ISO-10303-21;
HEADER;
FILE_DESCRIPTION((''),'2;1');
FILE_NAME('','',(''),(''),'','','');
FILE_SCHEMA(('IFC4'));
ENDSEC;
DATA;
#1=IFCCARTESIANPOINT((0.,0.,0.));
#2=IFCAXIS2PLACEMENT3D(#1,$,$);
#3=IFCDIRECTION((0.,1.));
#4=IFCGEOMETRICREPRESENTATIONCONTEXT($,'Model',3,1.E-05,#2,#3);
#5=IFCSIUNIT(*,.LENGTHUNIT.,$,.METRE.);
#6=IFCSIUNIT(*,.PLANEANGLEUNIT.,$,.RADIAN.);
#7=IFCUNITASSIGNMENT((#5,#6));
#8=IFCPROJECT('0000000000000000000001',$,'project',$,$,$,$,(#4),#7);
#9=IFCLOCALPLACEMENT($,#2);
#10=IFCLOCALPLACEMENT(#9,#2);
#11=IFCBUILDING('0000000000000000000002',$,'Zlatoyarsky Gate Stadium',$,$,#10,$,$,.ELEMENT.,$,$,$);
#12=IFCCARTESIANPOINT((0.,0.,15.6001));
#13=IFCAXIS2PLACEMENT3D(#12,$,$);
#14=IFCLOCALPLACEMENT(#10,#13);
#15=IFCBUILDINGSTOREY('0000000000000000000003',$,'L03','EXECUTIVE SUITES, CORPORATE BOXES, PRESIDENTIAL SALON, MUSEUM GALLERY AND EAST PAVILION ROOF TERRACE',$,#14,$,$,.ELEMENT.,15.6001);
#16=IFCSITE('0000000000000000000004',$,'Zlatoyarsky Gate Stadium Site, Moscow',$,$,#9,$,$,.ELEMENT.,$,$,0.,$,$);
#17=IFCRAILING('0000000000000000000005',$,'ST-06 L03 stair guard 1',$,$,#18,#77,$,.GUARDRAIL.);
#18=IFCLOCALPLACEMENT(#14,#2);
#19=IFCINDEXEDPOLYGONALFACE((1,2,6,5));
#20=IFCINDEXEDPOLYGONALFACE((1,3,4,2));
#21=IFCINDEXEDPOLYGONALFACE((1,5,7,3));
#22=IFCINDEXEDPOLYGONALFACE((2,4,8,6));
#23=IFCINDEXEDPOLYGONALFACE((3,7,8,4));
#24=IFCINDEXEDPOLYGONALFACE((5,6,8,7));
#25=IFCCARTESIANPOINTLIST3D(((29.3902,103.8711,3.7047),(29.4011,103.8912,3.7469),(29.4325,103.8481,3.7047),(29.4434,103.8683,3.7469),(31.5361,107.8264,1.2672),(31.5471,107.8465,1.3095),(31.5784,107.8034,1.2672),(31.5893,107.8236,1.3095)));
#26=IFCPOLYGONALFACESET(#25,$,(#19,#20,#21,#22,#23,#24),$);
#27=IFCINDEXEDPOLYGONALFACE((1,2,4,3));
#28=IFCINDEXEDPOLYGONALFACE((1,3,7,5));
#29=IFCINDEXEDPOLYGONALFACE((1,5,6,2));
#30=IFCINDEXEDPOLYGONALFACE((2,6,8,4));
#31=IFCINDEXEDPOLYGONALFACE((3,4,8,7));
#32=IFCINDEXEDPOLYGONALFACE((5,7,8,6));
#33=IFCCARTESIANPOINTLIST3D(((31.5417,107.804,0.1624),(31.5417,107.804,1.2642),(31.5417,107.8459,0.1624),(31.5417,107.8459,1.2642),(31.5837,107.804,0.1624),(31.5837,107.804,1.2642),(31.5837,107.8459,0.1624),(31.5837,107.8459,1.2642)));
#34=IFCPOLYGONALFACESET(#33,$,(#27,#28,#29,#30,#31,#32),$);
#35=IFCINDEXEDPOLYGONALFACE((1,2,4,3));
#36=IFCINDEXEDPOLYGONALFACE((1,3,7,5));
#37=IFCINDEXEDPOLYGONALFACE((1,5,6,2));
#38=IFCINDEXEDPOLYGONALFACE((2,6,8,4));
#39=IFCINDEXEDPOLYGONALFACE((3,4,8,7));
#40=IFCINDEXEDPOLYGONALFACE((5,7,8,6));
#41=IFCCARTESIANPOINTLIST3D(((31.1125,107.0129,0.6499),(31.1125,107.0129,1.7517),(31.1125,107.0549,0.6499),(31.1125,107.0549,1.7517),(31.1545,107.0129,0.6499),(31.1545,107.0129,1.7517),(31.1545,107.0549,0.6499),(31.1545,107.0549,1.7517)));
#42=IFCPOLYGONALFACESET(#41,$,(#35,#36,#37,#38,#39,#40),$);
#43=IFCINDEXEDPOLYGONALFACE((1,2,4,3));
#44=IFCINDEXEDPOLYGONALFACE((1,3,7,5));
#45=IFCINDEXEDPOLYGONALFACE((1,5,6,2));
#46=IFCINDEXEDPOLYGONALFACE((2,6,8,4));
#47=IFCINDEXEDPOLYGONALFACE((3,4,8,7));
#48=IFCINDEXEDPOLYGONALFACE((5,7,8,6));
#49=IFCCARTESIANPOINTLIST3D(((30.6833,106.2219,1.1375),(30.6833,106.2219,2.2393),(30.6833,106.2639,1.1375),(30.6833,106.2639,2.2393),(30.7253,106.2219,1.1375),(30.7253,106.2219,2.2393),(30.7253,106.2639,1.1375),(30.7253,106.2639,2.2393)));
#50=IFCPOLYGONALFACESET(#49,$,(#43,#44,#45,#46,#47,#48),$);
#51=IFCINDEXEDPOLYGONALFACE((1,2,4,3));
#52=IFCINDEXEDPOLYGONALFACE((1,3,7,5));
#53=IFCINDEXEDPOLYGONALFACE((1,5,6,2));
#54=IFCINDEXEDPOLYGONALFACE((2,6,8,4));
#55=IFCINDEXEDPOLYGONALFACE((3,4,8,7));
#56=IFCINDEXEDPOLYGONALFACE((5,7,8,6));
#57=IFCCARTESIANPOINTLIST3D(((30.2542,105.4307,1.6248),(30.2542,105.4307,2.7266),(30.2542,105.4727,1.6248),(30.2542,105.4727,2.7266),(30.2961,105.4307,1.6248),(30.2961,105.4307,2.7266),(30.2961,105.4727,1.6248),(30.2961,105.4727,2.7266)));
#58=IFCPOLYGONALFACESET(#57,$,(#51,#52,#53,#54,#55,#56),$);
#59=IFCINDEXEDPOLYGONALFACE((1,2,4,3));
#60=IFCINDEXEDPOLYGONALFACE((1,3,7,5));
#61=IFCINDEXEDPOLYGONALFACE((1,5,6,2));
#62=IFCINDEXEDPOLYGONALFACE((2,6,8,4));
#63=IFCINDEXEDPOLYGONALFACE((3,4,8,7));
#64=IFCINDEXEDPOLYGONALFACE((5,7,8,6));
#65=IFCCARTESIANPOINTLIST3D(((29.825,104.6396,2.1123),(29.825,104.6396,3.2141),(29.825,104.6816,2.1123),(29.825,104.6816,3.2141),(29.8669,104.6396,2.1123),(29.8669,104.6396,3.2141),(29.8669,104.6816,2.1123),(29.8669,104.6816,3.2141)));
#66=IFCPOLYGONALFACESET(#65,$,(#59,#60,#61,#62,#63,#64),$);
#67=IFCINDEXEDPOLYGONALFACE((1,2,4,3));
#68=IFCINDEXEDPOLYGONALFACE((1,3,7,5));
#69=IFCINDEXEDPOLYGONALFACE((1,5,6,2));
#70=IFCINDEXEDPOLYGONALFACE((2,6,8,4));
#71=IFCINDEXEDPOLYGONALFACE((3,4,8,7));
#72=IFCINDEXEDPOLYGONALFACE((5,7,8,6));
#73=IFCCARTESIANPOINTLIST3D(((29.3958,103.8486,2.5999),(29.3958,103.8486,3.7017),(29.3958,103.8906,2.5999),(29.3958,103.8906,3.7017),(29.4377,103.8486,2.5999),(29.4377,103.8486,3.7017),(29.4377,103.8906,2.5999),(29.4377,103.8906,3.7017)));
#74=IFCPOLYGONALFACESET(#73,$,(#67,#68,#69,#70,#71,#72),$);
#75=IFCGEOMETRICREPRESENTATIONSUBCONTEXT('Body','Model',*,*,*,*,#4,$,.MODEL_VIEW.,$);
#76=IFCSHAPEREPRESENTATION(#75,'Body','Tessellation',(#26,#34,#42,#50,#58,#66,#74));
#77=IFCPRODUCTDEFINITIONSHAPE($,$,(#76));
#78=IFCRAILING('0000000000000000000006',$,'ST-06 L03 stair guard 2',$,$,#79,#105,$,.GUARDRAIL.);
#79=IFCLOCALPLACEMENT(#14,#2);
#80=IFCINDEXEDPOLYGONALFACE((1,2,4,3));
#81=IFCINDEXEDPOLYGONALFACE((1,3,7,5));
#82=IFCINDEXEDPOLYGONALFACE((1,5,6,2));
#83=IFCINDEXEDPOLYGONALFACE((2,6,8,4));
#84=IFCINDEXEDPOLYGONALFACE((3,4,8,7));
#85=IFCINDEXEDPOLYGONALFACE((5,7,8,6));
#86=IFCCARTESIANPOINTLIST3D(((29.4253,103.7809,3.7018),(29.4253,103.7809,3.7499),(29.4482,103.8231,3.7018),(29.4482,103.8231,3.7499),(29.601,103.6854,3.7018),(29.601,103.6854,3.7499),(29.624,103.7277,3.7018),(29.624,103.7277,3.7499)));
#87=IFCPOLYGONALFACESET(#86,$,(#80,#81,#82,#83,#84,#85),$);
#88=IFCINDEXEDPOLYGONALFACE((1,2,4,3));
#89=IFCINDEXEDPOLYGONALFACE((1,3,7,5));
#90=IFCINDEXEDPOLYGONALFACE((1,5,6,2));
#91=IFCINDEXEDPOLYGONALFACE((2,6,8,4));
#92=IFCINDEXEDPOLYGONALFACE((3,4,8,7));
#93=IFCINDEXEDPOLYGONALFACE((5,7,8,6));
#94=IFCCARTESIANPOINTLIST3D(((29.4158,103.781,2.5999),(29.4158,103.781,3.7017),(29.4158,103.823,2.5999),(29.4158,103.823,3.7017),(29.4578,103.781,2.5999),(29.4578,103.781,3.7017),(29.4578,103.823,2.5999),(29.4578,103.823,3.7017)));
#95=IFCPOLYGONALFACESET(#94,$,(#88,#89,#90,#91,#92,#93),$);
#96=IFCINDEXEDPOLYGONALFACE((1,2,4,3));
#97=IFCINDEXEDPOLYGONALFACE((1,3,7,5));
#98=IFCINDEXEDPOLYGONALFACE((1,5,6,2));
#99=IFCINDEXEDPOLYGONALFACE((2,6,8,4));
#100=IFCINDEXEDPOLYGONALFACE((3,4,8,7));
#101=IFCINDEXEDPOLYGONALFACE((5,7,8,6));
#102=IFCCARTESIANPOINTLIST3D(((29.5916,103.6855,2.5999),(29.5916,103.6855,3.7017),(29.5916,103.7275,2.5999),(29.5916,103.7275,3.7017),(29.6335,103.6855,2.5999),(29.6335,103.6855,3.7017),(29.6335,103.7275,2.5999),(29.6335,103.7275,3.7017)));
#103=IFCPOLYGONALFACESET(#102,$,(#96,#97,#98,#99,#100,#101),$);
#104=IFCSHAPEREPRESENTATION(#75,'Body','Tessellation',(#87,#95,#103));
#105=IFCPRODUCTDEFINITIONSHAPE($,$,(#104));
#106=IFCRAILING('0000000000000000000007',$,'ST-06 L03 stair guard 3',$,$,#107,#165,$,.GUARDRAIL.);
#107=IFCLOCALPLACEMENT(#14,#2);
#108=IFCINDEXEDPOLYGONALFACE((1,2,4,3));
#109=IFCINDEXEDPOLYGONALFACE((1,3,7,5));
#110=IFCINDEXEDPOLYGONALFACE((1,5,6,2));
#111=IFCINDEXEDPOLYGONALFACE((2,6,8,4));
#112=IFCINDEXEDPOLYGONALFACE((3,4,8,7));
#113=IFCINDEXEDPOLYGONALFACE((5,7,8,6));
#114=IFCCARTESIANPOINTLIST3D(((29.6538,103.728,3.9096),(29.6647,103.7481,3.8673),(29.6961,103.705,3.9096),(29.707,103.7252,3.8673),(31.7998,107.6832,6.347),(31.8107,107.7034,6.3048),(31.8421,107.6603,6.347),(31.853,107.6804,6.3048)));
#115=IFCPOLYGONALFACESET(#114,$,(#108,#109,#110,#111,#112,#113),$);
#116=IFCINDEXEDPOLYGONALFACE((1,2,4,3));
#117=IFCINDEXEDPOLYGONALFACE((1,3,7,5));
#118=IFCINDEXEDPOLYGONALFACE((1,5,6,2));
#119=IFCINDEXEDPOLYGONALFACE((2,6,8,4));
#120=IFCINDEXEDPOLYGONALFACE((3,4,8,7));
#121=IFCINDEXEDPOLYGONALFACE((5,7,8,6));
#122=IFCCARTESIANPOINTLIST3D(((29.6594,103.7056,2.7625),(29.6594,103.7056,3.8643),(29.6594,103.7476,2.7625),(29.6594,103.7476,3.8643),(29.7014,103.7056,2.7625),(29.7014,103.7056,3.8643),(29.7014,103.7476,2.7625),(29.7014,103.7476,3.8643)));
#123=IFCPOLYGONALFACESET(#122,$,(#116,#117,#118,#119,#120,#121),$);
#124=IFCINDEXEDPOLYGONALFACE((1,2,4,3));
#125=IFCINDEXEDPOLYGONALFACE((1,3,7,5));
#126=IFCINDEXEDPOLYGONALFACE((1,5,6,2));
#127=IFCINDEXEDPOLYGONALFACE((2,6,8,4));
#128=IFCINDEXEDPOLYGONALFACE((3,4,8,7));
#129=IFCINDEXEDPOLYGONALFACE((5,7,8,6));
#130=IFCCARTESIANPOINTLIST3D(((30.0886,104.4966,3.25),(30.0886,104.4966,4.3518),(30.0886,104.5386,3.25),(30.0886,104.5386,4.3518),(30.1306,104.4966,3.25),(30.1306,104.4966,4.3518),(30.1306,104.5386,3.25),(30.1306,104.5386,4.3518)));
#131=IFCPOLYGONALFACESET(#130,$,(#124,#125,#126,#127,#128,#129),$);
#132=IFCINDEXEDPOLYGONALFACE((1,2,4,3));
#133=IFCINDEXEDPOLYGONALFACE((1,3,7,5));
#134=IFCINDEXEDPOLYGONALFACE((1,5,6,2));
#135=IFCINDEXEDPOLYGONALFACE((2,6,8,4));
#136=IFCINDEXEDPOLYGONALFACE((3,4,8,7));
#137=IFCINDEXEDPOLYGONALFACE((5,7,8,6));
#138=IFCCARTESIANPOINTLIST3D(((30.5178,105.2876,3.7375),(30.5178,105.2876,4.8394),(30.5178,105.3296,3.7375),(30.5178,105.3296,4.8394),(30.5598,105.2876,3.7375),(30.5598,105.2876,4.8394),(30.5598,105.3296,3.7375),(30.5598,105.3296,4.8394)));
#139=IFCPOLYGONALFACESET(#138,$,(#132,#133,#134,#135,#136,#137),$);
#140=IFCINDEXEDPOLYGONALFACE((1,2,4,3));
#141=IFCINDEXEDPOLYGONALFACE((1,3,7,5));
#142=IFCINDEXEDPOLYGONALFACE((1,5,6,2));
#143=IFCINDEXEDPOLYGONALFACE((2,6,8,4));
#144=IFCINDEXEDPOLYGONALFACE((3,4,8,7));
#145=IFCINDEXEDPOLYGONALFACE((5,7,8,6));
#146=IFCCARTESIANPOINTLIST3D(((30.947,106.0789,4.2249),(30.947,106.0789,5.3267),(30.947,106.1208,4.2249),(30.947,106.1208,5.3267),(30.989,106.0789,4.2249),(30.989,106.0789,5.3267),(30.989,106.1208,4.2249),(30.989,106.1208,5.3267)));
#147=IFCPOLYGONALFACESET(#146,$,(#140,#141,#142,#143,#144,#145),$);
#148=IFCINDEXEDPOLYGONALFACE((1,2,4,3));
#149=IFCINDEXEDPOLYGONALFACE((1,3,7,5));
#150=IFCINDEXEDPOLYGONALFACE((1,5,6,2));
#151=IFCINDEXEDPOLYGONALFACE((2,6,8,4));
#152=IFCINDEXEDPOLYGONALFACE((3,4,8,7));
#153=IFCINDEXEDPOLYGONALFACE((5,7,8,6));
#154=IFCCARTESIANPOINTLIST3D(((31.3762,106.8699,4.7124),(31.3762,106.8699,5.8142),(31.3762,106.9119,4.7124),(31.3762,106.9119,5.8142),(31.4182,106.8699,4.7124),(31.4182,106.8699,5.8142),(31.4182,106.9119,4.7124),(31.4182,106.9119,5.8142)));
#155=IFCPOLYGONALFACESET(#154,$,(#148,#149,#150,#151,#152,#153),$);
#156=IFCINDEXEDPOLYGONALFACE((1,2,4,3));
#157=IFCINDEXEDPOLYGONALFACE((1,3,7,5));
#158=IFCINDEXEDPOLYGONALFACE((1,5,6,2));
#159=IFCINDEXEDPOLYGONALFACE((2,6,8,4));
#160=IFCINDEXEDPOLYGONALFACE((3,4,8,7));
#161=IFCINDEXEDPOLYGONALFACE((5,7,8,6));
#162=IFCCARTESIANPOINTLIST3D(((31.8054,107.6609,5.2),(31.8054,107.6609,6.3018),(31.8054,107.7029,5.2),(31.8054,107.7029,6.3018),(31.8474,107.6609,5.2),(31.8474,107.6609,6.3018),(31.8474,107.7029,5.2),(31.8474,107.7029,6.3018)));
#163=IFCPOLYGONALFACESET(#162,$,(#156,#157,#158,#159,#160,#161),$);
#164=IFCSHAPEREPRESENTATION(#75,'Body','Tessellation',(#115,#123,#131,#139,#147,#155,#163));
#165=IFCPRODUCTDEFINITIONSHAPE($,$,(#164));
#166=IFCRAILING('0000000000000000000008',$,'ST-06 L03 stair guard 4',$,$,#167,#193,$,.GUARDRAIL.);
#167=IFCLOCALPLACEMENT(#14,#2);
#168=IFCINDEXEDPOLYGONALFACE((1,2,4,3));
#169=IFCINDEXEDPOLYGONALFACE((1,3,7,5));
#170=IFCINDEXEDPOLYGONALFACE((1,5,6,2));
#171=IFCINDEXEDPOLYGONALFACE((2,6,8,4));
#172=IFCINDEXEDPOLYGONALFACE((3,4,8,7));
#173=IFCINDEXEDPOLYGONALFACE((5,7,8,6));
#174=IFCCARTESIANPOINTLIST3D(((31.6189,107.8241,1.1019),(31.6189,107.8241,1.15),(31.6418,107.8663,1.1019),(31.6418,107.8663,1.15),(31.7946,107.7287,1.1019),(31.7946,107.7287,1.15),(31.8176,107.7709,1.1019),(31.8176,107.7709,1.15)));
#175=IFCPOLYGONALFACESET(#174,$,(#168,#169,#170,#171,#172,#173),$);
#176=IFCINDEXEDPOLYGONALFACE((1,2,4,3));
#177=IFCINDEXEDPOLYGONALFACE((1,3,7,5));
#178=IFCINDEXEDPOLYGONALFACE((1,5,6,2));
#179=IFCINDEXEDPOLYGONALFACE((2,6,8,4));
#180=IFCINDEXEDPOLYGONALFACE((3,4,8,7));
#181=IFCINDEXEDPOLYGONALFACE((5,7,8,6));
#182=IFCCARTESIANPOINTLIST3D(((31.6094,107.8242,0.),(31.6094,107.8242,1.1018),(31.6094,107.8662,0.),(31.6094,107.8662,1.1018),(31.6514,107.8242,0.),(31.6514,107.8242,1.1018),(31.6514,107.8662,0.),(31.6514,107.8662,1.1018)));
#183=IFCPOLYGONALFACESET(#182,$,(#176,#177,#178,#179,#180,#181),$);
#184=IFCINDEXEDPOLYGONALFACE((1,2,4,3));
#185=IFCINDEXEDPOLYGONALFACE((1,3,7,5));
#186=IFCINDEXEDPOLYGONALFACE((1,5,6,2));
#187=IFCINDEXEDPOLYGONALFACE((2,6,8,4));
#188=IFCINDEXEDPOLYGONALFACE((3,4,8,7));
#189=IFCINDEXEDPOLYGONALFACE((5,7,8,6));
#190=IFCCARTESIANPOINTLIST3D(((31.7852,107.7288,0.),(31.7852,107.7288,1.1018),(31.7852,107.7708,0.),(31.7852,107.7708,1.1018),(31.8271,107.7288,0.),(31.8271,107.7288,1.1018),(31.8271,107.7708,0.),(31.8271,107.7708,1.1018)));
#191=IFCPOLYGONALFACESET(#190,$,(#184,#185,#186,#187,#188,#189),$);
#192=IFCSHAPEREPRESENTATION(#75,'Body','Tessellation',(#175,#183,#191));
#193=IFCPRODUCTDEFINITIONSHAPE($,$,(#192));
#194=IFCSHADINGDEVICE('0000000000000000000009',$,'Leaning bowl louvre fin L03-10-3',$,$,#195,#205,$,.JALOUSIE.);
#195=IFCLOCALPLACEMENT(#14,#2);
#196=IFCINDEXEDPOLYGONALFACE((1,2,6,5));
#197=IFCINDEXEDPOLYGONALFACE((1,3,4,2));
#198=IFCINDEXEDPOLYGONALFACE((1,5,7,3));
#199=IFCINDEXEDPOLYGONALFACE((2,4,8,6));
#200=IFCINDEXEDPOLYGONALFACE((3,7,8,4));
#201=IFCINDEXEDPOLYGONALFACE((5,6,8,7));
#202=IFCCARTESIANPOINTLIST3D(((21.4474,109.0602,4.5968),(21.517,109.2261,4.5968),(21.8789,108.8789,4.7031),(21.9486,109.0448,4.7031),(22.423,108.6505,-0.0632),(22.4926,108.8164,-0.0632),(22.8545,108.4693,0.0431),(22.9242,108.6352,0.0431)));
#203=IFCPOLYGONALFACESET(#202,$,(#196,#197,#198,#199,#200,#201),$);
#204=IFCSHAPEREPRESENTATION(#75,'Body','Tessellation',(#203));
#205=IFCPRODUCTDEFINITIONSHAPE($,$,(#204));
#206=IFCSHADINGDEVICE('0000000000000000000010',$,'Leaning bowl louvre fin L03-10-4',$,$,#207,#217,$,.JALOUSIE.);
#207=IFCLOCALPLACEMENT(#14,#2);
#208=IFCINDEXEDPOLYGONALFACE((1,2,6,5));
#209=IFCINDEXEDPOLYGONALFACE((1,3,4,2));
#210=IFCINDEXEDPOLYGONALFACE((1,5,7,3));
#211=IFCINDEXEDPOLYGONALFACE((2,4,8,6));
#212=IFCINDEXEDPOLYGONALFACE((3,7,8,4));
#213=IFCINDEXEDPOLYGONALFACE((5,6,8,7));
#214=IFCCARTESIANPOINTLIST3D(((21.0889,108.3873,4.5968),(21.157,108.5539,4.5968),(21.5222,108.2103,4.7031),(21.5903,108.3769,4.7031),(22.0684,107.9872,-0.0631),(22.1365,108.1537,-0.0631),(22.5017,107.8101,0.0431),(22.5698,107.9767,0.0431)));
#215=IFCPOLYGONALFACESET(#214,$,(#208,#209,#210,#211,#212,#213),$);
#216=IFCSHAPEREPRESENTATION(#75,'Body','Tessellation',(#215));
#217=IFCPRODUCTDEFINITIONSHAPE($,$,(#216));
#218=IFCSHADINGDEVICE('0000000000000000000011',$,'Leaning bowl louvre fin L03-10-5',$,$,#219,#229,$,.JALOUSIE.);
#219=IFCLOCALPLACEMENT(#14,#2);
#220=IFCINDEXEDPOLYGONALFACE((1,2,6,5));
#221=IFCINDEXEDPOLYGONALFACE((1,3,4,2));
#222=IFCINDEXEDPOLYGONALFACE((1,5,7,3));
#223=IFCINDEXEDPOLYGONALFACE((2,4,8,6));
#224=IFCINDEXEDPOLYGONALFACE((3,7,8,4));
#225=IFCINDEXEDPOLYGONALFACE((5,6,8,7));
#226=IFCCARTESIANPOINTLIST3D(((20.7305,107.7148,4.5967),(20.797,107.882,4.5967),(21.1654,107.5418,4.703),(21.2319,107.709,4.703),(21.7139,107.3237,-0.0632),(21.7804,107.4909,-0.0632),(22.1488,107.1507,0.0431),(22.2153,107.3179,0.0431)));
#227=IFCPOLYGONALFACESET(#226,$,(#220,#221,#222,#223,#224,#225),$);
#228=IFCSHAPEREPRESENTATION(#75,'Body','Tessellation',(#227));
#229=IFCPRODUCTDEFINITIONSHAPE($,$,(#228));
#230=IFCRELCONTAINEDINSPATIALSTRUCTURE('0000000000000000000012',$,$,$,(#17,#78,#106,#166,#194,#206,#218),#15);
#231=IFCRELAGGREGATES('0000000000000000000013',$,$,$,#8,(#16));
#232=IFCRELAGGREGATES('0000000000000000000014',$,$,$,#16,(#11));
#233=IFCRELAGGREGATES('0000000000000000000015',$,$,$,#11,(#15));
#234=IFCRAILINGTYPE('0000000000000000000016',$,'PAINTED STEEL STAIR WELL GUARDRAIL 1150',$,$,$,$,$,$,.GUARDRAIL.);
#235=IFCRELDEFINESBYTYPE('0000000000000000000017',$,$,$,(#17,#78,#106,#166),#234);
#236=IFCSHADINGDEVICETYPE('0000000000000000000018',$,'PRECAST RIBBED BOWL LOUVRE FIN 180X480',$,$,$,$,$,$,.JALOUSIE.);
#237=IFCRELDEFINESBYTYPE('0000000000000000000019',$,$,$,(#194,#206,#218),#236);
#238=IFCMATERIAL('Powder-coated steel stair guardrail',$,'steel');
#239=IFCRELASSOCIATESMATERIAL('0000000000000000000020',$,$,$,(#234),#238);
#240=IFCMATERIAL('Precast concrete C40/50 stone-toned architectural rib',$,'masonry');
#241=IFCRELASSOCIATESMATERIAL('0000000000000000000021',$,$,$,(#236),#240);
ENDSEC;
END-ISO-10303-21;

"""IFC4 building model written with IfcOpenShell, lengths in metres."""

from ifc_helpers import new_model, si_unit, direction, frame, origin, origin_2d, place, context, subcontext, project, spatial, rectangle, extrude, material, material_profile, profile_set, type_object, element, save


model = new_model("IFC4")

# Units and contexts
model_context = context("Model", 3, precision=1e-05, world=origin(), true_north=direction((0.0, 1.0)))
body_context = subcontext(model_context, "Body", "Model", "MODEL_VIEW")
ifc_project = project(units=[si_unit("LENGTHUNIT", "METRE"), si_unit("PLANEANGLEUNIT", "RADIAN")], contexts=[model_context])

# Site, building, storey
site_placement = place(None, origin())
site = spatial("IfcSite", under=ifc_project, at=site_placement, Name="Zlatoyarsky Gate Stadium Site, Moscow", CompositionType="ELEMENT", RefElevation=0.0)
building_placement = place(site_placement, origin())
building = spatial("IfcBuilding", under=site, at=building_placement, Name="Zlatoyarsky Gate Stadium", CompositionType="ELEMENT")
storey_placement = place(building_placement, frame((0.0, 0.0, 15.6001)))
storey = spatial("IfcBuildingStorey", under=building, at=storey_placement, Name="L03", Description="EXECUTIVE SUITES, CORPORATE BOXES, PRESIDENTIAL SALON, MUSEUM GALLERY AND EAST PAVILION ROOF TERRACE", CompositionType="ELEMENT", Elevation=15.6001)

# Railings
ifc_material_1 = material(Name="Powder-coated steel stair guardrail", Category="steel")
railing_type_1 = type_object("IfcRailingType", Name="PAINTED STEEL STAIR WELL GUARDRAIL 1150", PredefinedType="GUARDRAIL", material=ifc_material_1)
railing_1_placement = place(storey_placement, frame((31.5627, 107.825, 0.1624)))
element("IfcRailing", 1, at=railing_1_placement, inside=storey, type_object=railing_type_1, Name="ST-06 L03 stair guard 1", PredefinedType="GUARDRAIL", context=body_context, shape_type="SweptSolid", body=[
    extrude(rectangle(XDim=0.0481, YDim=0.0481, at=origin_2d()), frame((0.0, 0.0, 1.126), z_axis=(-0.419325, -0.772865, 0.476284), x_axis=(0.878963, -0.47689, 0.0)), (0.0, 0.0, 1.0), 5.1177),
    extrude(rectangle(XDim=0.042, YDim=0.042, at=origin_2d()), origin(), (0.0, 0.0, 1.0), 1.1018),
    extrude(rectangle(XDim=0.042, YDim=0.042, at=origin_2d()), frame((-0.4292, -0.791, 0.4875)), (0.0, 0.0, 1.0), 1.1018),
    extrude(rectangle(XDim=0.042, YDim=0.042, at=origin_2d()), frame((-0.8584, -1.582, 0.9751)), (0.0, 0.0, 1.0), 1.1018),
    extrude(rectangle(XDim=0.042, YDim=0.042, at=origin_2d()), frame((-1.2876, -2.3733, 1.4624)), (0.0, 0.0, 1.0), 1.1018),
    extrude(rectangle(XDim=0.042, YDim=0.042, at=origin_2d()), frame((-1.7168, -3.1643, 1.95)), (0.0, 0.0, 1.0), 1.1018),
    extrude(rectangle(XDim=0.042, YDim=0.042, at=origin_2d()), frame((-2.146, -3.9553, 2.4375)), (0.0, 0.0, 1.0), 1.1018),
])
railing_2_placement = place(storey_placement, frame((29.4368, 103.802, 2.5999)))
element("IfcRailing", 2, at=railing_2_placement, inside=storey, type_object=railing_type_1, Name="ST-06 L03 stair guard 2", PredefinedType="GUARDRAIL", context=body_context, shape_type="SweptSolid", body=[
    extrude(rectangle(XDim=0.0481, YDim=0.0481, at=origin_2d()), frame((0.0, 0.0, 1.126), z_axis=(0.87878, -0.477227, 0.0), x_axis=(0.477227, 0.87878, 0.0)), (0.0, 0.0, 1.0), 0.2),
    extrude(rectangle(XDim=0.042, YDim=0.042, at=origin_2d()), origin(), (0.0, 0.0, 1.0), 1.1018),
    extrude(rectangle(XDim=0.042, YDim=0.042, at=origin_2d()), frame((0.1758, -0.0955, 0.0)), (0.0, 0.0, 1.0), 1.1018),
])
railing_3_placement = place(storey_placement, frame((29.6804, 103.7266, 2.7625)))
element("IfcRailing", 3, at=railing_3_placement, inside=storey, type_object=railing_type_1, Name="ST-06 L03 stair guard 3", PredefinedType="GUARDRAIL", context=body_context, shape_type="SweptSolid", body=[
    extrude(rectangle(XDim=0.0481, YDim=0.0481, at=origin_2d()), frame((0.0, 0.0, 1.126), z_axis=(0.419325, 0.772865, 0.476284), x_axis=(-0.878963, 0.47689, 0.0)), (0.0, 0.0, 1.0), 5.1177),
    extrude(rectangle(XDim=0.042, YDim=0.042, at=origin_2d()), origin(), (0.0, 0.0, 1.0), 1.1018),
    extrude(rectangle(XDim=0.042, YDim=0.042, at=origin_2d()), frame((0.4292, 0.791, 0.4875)), (0.0, 0.0, 1.0), 1.1018),
    extrude(rectangle(XDim=0.042, YDim=0.042, at=origin_2d()), frame((0.8584, 1.582, 0.9751)), (0.0, 0.0, 1.0), 1.1018),
    extrude(rectangle(XDim=0.042, YDim=0.042, at=origin_2d()), frame((1.2876, 2.3733, 1.4624)), (0.0, 0.0, 1.0), 1.1018),
    extrude(rectangle(XDim=0.042, YDim=0.042, at=origin_2d()), frame((1.7168, 3.1643, 1.95)), (0.0, 0.0, 1.0), 1.1018),
    extrude(rectangle(XDim=0.042, YDim=0.042, at=origin_2d()), frame((2.146, 3.9553, 2.4375)), (0.0, 0.0, 1.0), 1.1018),
])
railing_4_placement = place(storey_placement, frame((31.6304, 107.8452, 0.0)))
element("IfcRailing", 4, at=railing_4_placement, inside=storey, type_object=railing_type_1, Name="ST-06 L03 stair guard 4", PredefinedType="GUARDRAIL", context=body_context, shape_type="SweptSolid", body=[
    extrude(rectangle(XDim=0.0481, YDim=0.0481, at=origin_2d()), frame((0.0, 0.0, 1.126), z_axis=(0.87878, -0.477227, 0.0), x_axis=(0.477227, 0.87878, 0.0)), (0.0, 0.0, 1.0), 0.2),
    extrude(rectangle(XDim=0.042, YDim=0.042, at=origin_2d()), origin(), (0.0, 0.0, 1.0), 1.1018),
    extrude(rectangle(XDim=0.042, YDim=0.042, at=origin_2d()), frame((0.1758, -0.0955, 0.0)), (0.0, 0.0, 1.0), 1.1018),
])

# Shading devices
ifc_material_2 = material(Name="Precast concrete C40/50 stone-toned architectural rib", Category="masonry")
ifc_material_profile_1 = material_profile(ifc_material_2, rectangle(XDim=0.1799, YDim=0.48, at=origin_2d()), Name="RIB 180X480")
ifc_profile_set_1 = profile_set([ifc_material_profile_1], Name="Precast concrete C40/50 stone-toned architectural rib")
shading_device_type = type_object("IfcShadingDeviceType", Name="PRECAST RIBBED BOWL LOUVRE FIN 180X480", PredefinedType="JALOUSIE", material=ifc_profile_set_1)
for number, where, z_axis, x_axis, name in (
    (5, (22.6736, 108.6428, -0.01), (-0.20416, 0.085731, 0.975176), (-0.38717, -0.922008, 0.0), "Leaning bowl louvre fin L03-10-3"),
    (6, (22.3191, 107.9819, -0.01), (-0.204978, 0.083738, 0.975178), (-0.378184, -0.925731, 0.0), "Leaning bowl louvre fin L03-10-4"),
    (7, (21.9646, 107.3208, -0.01), (-0.205793, 0.081847, 0.975167), (-0.36956, -0.929207, 0.0), "Leaning bowl louvre fin L03-10-5"),
):
    element("IfcShadingDevice", number, at=place(storey_placement, frame(where, z_axis=z_axis, x_axis=x_axis)), inside=storey, type_object=shading_device_type, Name=name, PredefinedType="JALOUSIE", context=body_context, shape_type="SweptSolid", body=[
        extrude(rectangle(XDim=0.1799, YDim=0.48, at=origin_2d()), origin(), (0.0, 0.0, 1.0), 4.7786),
    ])

save(model, "model.ifc")
